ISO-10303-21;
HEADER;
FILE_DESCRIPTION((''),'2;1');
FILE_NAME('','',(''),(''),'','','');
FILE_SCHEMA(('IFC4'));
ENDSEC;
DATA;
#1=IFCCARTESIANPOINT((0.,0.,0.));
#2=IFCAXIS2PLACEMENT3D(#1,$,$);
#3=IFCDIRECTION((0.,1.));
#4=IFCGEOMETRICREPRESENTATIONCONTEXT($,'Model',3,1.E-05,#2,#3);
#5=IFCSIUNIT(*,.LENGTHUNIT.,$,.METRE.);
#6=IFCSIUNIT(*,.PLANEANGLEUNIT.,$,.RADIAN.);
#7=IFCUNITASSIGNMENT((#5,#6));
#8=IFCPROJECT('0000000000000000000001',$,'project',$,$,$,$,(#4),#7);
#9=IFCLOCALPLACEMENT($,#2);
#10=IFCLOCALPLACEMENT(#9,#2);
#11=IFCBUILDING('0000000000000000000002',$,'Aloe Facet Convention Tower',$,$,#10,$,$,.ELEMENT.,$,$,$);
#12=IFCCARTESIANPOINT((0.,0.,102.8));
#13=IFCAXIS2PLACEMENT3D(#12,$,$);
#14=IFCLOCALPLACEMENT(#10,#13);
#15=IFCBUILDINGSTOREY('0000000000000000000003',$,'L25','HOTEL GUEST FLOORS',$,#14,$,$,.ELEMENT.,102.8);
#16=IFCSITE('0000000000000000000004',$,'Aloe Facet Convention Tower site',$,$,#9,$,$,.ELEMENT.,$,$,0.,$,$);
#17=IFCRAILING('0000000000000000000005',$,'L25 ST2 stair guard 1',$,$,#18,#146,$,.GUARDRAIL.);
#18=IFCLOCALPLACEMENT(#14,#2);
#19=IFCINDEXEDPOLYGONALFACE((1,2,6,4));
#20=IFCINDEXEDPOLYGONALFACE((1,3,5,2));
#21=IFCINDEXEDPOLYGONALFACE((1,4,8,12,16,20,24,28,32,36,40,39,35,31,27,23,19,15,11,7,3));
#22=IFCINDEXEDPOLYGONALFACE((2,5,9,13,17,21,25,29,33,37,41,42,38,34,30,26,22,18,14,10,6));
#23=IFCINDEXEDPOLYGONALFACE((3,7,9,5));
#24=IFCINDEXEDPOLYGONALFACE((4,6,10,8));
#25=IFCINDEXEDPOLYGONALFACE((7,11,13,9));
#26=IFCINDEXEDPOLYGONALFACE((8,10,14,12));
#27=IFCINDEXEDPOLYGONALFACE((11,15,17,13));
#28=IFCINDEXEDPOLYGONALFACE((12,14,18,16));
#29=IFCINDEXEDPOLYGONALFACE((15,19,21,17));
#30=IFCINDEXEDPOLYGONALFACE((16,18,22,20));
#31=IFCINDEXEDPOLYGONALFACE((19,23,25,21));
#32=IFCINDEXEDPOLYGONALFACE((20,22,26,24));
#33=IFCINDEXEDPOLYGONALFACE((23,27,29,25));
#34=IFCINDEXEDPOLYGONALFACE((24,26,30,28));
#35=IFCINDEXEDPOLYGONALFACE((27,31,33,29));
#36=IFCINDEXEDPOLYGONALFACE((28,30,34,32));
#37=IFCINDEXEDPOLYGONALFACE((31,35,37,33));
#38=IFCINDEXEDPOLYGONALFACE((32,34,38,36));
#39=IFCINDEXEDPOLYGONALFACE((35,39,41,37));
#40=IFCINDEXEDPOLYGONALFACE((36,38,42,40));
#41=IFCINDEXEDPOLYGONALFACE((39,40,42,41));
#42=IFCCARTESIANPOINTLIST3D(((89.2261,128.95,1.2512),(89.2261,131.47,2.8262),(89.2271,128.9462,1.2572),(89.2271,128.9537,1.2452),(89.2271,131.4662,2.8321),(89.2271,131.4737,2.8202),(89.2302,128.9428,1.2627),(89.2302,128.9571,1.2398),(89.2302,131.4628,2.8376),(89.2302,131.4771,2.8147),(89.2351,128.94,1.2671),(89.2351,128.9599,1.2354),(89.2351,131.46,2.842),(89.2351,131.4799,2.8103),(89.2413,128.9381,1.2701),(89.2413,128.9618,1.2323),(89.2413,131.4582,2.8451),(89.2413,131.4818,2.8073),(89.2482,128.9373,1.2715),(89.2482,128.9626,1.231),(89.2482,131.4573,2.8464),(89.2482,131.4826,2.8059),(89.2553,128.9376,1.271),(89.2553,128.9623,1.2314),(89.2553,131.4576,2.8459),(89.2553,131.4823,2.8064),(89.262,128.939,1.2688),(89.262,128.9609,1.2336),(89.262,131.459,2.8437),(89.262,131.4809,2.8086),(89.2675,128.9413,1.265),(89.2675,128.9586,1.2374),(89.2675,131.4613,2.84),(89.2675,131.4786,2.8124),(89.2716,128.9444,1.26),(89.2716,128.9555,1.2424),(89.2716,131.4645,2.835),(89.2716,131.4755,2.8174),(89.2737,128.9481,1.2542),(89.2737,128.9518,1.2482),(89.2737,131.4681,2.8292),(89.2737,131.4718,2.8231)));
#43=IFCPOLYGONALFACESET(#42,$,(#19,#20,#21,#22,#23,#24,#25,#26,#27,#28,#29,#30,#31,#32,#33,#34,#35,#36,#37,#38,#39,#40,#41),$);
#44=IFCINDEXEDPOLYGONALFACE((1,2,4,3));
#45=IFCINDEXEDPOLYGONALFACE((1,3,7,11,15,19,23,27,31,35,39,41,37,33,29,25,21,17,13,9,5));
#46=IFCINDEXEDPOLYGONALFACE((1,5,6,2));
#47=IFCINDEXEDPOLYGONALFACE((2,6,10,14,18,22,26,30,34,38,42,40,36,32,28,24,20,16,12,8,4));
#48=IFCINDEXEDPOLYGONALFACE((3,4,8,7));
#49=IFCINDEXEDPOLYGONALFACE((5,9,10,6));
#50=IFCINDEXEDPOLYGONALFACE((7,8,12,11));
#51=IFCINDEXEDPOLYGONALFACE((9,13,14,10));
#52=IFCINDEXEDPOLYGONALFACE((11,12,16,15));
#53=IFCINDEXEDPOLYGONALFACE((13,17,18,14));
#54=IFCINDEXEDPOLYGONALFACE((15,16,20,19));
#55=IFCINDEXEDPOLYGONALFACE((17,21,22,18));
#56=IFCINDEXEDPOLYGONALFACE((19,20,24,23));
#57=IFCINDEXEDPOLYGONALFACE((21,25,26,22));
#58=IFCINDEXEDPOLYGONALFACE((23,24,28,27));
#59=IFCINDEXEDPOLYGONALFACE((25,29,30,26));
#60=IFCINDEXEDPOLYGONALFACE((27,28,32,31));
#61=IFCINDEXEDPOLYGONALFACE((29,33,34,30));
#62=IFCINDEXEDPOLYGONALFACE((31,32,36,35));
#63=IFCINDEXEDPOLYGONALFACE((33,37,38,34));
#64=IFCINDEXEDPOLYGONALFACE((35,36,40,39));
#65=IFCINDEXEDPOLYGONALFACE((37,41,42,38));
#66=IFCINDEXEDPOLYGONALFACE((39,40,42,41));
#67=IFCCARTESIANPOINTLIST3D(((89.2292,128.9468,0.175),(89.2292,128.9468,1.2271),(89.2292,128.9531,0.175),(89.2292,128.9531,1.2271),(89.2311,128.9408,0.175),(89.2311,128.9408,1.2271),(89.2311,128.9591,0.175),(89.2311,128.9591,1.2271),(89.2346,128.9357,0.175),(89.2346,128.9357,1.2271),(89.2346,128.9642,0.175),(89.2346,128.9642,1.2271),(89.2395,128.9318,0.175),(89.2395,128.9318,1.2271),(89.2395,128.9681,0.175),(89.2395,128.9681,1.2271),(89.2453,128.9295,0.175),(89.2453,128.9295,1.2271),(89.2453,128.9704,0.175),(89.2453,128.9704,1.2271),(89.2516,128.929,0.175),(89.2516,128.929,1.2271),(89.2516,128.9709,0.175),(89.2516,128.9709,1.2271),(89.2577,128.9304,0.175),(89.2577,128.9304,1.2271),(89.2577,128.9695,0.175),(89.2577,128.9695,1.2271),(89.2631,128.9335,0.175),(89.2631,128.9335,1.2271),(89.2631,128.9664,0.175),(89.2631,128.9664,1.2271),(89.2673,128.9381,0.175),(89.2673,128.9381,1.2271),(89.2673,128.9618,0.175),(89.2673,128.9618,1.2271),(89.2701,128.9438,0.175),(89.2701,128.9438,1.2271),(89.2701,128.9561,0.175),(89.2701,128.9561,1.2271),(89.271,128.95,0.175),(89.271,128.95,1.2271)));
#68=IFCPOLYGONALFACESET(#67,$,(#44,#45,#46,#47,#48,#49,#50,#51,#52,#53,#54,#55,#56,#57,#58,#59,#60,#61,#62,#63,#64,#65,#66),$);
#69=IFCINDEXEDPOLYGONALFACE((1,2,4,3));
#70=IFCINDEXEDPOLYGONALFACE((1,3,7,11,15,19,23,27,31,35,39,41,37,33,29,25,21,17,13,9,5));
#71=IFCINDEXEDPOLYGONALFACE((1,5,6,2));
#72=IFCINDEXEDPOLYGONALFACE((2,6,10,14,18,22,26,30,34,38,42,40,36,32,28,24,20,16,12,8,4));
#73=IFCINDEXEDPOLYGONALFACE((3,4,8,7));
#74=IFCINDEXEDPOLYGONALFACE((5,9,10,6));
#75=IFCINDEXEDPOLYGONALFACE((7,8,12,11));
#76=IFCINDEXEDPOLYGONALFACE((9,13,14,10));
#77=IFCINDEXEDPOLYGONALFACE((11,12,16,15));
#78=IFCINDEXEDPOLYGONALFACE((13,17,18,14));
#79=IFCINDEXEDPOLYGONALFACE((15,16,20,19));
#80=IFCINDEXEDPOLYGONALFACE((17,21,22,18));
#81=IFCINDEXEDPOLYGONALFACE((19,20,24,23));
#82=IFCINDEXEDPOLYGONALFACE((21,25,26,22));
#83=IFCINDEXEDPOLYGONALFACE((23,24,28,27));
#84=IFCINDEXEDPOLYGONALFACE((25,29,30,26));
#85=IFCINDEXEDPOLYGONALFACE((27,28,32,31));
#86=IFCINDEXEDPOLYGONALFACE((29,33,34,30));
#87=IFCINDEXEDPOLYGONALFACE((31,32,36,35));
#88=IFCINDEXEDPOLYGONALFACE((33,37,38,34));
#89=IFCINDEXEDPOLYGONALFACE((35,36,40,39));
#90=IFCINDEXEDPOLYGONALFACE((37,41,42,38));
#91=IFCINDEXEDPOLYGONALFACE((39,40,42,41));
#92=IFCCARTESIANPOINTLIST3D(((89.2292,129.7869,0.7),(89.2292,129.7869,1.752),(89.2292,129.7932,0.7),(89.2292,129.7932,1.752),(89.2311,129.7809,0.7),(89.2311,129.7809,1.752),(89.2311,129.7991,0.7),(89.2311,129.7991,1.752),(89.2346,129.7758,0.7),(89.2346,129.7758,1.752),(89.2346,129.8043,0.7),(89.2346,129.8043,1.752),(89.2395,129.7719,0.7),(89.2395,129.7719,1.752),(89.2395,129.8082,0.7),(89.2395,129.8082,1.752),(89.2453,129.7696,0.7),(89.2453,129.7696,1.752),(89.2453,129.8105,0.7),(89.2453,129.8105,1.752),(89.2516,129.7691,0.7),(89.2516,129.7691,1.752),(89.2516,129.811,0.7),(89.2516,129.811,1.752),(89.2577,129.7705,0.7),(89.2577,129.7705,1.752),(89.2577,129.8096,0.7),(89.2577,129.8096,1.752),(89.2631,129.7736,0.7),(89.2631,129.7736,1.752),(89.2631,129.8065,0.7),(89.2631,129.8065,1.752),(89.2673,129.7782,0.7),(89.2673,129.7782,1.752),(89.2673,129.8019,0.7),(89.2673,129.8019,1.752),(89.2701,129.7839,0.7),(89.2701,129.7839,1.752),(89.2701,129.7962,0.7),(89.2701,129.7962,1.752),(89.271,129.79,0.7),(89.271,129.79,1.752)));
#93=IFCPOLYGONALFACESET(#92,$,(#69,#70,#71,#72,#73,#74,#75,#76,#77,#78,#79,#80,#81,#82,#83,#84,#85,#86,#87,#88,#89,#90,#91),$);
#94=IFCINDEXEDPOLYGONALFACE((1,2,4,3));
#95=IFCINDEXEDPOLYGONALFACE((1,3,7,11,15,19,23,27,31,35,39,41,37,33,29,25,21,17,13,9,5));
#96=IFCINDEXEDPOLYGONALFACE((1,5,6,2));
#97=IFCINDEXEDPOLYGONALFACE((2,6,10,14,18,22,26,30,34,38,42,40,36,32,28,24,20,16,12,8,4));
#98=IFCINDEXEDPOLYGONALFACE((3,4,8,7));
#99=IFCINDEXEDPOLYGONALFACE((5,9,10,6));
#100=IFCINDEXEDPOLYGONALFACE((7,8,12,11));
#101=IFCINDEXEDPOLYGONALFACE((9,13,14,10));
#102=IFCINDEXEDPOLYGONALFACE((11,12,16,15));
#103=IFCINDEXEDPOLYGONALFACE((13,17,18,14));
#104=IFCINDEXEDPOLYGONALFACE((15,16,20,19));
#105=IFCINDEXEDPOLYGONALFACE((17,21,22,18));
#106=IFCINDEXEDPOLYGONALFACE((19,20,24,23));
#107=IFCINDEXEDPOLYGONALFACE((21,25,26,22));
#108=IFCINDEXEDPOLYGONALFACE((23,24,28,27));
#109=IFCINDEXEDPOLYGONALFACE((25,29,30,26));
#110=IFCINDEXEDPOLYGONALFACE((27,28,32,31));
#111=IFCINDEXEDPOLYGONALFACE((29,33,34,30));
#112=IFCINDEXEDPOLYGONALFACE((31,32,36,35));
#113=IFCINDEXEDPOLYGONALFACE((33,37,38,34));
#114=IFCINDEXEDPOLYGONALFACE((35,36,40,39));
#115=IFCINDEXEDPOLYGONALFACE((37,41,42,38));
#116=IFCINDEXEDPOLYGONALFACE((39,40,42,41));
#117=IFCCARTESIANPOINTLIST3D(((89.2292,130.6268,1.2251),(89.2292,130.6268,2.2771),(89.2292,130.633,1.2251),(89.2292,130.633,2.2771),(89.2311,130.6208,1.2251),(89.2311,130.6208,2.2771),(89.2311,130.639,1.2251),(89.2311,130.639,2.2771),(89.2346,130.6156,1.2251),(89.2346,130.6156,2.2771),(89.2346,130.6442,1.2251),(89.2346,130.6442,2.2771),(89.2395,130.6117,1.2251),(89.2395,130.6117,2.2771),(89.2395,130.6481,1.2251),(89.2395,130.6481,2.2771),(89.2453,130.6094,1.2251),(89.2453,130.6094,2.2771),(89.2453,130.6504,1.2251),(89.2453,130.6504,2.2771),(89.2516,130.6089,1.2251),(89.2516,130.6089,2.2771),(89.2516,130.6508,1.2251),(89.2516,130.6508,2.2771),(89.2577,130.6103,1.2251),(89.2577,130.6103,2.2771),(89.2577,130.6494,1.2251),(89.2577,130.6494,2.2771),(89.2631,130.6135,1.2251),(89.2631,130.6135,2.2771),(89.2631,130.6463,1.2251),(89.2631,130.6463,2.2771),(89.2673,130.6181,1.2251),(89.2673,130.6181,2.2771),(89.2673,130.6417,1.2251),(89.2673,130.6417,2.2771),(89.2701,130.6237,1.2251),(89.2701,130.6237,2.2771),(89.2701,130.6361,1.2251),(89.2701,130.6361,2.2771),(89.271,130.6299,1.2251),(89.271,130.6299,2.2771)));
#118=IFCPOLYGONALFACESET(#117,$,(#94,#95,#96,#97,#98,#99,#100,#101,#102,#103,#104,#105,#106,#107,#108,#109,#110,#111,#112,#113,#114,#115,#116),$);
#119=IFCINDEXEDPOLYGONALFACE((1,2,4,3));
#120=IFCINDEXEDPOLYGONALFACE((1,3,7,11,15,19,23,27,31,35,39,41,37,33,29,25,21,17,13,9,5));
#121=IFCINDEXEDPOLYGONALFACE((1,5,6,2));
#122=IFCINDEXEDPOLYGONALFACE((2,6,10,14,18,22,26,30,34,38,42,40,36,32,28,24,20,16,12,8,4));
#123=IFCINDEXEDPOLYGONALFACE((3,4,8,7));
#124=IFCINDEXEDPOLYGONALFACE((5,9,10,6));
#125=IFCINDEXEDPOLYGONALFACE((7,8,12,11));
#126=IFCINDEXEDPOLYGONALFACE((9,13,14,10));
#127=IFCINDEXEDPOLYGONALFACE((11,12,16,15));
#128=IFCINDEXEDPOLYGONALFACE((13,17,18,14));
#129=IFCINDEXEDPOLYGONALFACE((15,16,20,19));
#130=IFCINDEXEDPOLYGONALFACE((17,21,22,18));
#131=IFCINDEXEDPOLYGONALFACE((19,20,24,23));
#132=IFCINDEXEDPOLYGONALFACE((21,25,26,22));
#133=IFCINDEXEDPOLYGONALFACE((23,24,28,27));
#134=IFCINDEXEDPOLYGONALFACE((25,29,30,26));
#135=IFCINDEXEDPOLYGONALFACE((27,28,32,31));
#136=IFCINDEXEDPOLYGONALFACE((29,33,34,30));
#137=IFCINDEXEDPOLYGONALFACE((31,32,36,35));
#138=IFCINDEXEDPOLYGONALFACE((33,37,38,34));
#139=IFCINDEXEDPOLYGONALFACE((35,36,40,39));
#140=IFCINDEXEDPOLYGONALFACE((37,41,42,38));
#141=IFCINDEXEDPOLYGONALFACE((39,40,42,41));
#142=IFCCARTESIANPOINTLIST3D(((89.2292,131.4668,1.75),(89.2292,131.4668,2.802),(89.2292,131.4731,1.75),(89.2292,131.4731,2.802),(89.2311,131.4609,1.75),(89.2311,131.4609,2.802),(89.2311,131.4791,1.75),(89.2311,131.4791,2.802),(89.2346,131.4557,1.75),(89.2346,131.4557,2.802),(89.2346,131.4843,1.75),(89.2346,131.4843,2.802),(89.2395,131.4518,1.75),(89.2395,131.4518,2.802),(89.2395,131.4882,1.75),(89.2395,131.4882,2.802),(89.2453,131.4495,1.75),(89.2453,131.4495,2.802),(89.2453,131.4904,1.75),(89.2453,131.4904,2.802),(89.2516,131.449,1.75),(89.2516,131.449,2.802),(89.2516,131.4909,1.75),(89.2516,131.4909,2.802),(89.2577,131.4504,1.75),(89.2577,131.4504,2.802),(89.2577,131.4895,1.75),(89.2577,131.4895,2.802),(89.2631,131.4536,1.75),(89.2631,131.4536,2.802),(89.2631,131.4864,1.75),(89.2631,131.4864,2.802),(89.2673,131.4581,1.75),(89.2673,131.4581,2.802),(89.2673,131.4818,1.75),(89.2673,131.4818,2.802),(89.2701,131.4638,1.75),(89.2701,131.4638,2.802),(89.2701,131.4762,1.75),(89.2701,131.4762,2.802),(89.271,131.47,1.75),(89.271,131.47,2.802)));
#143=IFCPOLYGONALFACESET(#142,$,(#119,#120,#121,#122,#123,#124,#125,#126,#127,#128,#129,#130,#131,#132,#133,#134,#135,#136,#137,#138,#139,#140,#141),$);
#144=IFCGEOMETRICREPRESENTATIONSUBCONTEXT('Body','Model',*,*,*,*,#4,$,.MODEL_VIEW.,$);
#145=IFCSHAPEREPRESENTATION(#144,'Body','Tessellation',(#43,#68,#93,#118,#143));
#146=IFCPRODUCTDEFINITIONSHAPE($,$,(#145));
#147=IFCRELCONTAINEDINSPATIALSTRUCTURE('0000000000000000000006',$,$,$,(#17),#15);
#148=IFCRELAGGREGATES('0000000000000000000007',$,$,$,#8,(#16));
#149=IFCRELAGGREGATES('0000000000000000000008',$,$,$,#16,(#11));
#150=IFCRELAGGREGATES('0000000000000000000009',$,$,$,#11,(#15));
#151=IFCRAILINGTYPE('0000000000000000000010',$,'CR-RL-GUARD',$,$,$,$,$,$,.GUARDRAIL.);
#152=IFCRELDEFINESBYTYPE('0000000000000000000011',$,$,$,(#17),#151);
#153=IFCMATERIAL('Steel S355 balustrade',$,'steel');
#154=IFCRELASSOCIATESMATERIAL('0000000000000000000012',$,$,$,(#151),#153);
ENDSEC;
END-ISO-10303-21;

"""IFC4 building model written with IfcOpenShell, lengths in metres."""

from ifc_helpers import new_model, si_unit, direction, frame, origin, origin_2d, place, context, subcontext, project, spatial, circle, extrude, material, type_object, element, save


model = new_model("IFC4")

# Units and contexts
model_context = context("Model", 3, precision=1e-05, world=origin(), true_north=direction((0.0, 1.0)))
body_context = subcontext(model_context, "Body", "Model", "MODEL_VIEW")
ifc_project = project(units=[si_unit("LENGTHUNIT", "METRE"), si_unit("PLANEANGLEUNIT", "RADIAN")], contexts=[model_context])

# Site, building, storey
site_placement = place(None, origin())
site = spatial("IfcSite", under=ifc_project, at=site_placement, Name="Aloe Facet Convention Tower site", CompositionType="ELEMENT", RefElevation=0.0)
building_placement = place(site_placement, origin())
building = spatial("IfcBuilding", under=site, at=building_placement, Name="Aloe Facet Convention Tower", CompositionType="ELEMENT")
storey_placement = place(building_placement, frame((0.0, 0.0, 102.8)))
storey = spatial("IfcBuildingStorey", under=building, at=storey_placement, Name="L25", Description="HOTEL GUEST FLOORS", CompositionType="ELEMENT", Elevation=102.8)

# Railing
ifc_material_1 = material(Name="Steel S355 balustrade", Category="steel")
railing_type_1 = type_object("IfcRailingType", Name="CR-RL-GUARD", PredefinedType="GUARDRAIL", material=ifc_material_1)
railing_1_placement = place(storey_placement, frame((89.25, 128.95, 0.175)))
element("IfcRailing", 1, at=railing_1_placement, inside=storey, type_object=railing_type_1, Name="L25 ST2 stair guard 1", PredefinedType="GUARDRAIL", context=body_context, shape_type="SweptSolid", body=[
    extrude(circle(Radius=0.0239, at=origin_2d()), frame((0.0, 0.0, 1.0762), z_axis=(0.0, 0.848008, 0.529984), x_axis=(-1.0, 0.0, 0.0)), (0.0, 0.0, 1.0), 2.9717),
    extrude(circle(Radius=0.021, at=origin_2d()), origin(), (0.0, 0.0, 1.0), 1.052),
    extrude(circle(Radius=0.021, at=origin_2d()), frame((0.0, 0.8401, 0.5249)), (0.0, 0.0, 1.0), 1.052),
    extrude(circle(Radius=0.021, at=origin_2d()), frame((0.0, 1.6799, 1.05)), (0.0, 0.0, 1.0), 1.052),
    extrude(circle(Radius=0.021, at=origin_2d()), frame((0.0, 2.52, 1.575)), (0.0, 0.0, 1.0), 1.052),
])

save(model, "model.ifc")
